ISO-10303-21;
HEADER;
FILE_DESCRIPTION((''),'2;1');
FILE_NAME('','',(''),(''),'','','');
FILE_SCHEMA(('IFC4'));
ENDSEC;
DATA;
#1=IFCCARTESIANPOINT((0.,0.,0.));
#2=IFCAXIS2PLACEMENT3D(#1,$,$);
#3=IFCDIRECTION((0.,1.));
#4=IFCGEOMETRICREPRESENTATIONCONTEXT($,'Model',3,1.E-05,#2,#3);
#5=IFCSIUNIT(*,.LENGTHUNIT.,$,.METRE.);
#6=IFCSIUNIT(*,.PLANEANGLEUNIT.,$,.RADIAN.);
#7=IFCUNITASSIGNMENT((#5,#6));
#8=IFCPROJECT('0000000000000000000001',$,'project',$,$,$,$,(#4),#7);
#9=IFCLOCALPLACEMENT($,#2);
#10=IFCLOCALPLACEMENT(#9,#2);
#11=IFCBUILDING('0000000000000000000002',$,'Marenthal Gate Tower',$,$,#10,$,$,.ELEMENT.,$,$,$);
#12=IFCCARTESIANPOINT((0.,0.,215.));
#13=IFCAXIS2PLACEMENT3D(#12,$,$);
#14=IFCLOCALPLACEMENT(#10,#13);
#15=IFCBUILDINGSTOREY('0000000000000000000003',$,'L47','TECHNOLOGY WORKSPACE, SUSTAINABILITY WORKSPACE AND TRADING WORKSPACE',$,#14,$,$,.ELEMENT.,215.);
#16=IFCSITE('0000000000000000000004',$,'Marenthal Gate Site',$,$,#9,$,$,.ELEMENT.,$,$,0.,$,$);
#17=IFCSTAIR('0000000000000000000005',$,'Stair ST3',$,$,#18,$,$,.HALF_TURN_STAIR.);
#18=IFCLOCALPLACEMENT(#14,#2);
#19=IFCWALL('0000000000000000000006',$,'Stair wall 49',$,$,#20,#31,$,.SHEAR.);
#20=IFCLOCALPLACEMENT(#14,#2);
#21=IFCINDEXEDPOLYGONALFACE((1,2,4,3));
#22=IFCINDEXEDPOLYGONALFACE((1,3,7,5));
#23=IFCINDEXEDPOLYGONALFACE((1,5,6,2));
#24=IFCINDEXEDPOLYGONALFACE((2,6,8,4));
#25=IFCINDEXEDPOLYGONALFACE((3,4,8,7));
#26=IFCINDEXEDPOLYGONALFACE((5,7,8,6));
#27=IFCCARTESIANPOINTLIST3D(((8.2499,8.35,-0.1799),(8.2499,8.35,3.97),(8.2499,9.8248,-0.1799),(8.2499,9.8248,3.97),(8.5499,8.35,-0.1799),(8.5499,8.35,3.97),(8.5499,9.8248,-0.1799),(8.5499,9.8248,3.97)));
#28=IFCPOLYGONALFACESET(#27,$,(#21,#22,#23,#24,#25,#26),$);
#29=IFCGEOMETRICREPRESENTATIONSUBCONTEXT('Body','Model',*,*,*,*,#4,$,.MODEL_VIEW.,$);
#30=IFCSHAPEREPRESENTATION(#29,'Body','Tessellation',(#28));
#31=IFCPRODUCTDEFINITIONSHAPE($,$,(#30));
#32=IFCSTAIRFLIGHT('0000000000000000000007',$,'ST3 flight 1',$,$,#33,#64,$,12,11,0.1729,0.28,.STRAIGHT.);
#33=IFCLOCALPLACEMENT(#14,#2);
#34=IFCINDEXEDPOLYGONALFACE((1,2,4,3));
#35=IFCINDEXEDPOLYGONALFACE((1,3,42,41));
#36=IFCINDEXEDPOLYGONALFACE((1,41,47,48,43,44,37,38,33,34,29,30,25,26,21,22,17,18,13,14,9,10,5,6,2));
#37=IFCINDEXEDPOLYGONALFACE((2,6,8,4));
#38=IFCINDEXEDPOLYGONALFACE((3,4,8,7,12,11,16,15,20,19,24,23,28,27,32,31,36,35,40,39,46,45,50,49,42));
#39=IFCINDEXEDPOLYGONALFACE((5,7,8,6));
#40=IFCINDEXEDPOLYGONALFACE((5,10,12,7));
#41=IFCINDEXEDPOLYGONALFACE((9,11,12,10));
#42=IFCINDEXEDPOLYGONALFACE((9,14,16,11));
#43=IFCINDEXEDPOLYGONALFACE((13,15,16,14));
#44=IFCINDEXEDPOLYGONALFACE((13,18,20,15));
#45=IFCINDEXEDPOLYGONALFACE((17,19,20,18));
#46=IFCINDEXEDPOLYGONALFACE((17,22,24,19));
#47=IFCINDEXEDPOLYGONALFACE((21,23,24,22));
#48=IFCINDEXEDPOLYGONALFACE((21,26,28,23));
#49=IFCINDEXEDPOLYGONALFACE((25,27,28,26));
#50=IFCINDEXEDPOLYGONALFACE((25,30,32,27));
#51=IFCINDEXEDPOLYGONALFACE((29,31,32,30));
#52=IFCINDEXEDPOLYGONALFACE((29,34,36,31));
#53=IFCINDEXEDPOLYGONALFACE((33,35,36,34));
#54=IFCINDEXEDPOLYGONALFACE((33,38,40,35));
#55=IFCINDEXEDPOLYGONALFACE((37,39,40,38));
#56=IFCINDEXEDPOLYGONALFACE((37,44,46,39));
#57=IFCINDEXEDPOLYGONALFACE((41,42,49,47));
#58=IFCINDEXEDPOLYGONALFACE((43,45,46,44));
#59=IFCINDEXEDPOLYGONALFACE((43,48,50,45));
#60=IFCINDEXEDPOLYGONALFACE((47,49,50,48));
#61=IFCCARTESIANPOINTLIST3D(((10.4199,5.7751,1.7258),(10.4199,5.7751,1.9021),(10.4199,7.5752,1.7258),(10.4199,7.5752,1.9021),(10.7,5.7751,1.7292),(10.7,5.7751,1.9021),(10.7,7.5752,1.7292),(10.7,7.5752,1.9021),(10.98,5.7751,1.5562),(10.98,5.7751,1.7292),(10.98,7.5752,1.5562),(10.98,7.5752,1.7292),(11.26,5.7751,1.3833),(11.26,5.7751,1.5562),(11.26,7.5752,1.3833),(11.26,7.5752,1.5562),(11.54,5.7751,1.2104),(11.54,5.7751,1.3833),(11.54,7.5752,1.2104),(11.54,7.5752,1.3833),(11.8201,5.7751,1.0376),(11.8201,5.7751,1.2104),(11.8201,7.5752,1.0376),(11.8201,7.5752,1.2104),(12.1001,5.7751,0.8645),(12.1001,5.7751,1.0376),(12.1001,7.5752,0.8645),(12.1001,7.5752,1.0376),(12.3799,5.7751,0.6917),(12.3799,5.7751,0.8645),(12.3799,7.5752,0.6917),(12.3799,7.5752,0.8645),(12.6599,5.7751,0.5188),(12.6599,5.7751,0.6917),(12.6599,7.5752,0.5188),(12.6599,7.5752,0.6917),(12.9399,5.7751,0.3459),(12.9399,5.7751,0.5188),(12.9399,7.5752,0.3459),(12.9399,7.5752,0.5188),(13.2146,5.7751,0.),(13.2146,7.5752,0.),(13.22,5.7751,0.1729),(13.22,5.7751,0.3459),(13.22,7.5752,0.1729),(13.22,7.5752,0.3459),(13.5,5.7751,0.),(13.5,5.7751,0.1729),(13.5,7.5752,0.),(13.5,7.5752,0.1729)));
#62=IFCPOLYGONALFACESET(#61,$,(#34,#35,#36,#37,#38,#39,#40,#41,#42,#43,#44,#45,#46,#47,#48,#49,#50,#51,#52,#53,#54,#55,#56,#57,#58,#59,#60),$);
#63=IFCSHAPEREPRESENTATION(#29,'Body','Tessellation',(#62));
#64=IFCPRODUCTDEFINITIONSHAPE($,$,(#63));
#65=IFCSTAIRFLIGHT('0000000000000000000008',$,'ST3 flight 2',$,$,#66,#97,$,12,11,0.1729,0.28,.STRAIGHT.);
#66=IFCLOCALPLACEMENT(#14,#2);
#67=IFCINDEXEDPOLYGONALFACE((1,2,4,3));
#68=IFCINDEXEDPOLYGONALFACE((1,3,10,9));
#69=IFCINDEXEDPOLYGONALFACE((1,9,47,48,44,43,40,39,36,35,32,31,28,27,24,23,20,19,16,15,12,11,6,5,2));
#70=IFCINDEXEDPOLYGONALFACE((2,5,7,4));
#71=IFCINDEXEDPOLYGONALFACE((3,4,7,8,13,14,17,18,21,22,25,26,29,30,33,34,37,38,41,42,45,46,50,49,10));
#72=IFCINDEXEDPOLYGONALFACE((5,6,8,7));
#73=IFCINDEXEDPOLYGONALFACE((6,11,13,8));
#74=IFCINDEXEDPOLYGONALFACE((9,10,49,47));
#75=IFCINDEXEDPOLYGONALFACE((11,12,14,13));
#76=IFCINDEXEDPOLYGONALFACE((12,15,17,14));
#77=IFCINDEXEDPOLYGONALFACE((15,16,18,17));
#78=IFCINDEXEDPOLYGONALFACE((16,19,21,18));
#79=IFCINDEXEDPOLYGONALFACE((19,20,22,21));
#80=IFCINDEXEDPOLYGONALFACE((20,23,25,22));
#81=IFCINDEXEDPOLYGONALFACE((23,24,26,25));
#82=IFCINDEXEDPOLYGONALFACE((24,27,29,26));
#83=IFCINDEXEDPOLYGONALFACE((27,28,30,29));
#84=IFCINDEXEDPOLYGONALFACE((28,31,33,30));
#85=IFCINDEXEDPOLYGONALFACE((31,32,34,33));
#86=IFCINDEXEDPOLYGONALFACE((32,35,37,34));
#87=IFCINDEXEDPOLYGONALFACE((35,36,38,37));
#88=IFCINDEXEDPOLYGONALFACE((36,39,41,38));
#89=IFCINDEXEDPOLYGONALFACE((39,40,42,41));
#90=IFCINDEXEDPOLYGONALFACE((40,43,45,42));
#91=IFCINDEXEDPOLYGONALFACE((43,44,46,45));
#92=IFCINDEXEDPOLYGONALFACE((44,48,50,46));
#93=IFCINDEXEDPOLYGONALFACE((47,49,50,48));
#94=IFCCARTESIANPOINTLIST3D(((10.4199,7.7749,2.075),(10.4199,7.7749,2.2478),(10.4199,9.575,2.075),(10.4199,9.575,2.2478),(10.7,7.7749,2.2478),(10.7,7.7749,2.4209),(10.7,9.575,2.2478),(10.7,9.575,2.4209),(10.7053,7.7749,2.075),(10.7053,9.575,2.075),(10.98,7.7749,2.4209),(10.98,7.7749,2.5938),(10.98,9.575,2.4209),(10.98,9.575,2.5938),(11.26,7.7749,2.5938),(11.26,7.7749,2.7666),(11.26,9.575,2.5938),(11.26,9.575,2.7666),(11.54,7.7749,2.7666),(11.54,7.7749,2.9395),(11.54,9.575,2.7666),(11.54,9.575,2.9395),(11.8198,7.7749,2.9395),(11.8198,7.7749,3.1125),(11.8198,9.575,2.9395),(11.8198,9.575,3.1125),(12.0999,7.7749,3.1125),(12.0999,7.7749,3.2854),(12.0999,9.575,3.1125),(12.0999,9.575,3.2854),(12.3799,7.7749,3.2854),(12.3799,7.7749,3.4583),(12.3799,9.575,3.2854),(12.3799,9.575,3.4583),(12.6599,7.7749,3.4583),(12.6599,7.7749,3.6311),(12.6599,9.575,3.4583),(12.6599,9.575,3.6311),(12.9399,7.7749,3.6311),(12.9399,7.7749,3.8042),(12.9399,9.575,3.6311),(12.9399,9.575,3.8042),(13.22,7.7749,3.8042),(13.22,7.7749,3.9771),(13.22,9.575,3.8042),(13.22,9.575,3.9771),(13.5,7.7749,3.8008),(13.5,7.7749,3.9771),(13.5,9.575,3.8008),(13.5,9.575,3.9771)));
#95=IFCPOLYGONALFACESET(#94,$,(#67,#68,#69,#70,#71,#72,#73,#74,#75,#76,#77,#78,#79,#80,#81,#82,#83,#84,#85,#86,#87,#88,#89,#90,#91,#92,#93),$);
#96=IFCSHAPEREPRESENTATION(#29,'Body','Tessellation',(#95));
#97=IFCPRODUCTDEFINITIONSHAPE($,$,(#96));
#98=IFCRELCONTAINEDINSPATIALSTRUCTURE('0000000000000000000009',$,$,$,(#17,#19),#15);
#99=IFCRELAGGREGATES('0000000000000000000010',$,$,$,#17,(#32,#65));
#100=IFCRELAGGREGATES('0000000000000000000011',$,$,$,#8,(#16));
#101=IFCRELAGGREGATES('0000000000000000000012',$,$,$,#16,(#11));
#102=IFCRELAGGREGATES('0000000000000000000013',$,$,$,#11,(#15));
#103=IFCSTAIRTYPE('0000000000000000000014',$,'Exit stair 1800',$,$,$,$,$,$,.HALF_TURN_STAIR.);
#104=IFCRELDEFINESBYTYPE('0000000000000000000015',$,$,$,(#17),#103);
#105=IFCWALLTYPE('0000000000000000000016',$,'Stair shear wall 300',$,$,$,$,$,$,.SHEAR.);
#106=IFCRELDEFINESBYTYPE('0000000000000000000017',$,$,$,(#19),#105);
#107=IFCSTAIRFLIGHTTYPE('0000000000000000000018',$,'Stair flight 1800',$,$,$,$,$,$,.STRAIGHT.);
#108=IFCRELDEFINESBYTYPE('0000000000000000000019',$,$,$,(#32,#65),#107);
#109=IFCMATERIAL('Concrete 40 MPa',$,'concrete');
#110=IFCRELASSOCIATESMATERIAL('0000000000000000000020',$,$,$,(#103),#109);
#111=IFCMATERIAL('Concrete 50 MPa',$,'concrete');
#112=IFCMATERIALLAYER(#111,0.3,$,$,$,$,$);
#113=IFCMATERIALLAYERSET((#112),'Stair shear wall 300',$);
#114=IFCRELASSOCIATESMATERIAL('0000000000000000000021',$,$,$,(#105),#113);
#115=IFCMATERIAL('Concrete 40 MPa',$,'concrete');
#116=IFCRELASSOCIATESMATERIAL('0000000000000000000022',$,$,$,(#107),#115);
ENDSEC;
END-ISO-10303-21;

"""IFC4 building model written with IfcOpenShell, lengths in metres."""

from ifc_helpers import new_model, si_unit, direction, frame, frame_2d, origin, place, context, subcontext, project, spatial, polyline, rectangle, outline, extrude, material, layer, layer_set, type_object, element, aggregate, save


model = new_model("IFC4")

# Units and contexts
model_context = context("Model", 3, precision=1e-05, world=origin(), true_north=direction((0.0, 1.0)))
body_context = subcontext(model_context, "Body", "Model", "MODEL_VIEW")
ifc_project = project(units=[si_unit("LENGTHUNIT", "METRE"), si_unit("PLANEANGLEUNIT", "RADIAN")], contexts=[model_context])

# Site, building, storey
site_placement = place(None, origin())
site = spatial("IfcSite", under=ifc_project, at=site_placement, Name="Marenthal Gate Site", CompositionType="ELEMENT", RefElevation=0.0)
building_placement = place(site_placement, origin())
building = spatial("IfcBuilding", under=site, at=building_placement, Name="Marenthal Gate Tower", CompositionType="ELEMENT")
storey_placement = place(building_placement, frame((0.0, 0.0, 215.0)))
storey = spatial("IfcBuildingStorey", under=building, at=storey_placement, Name="L47", Description="TECHNOLOGY WORKSPACE, SUSTAINABILITY WORKSPACE AND TRADING WORKSPACE", CompositionType="ELEMENT", Elevation=215.0)

# Stair
ifc_material_1 = material(Name="Concrete 40 MPa", Category="concrete")
stair_type = type_object("IfcStairType", Name="Exit stair 1800", PredefinedType="HALF_TURN_STAIR", material=ifc_material_1)
stair_1_placement = place(storey_placement, origin())
stair_1 = element("IfcStair", 1, at=stair_1_placement, inside=storey, type_object=stair_type, Name="Stair ST3", PredefinedType="HALF_TURN_STAIR")

# Wall
ifc_material_2 = material(Name="Concrete 50 MPa", Category="concrete")
ifc_layer_1 = layer(ifc_material_2, 0.3)
ifc_layer_set_1 = layer_set([ifc_layer_1], Name="Stair shear wall 300")
wall_type_1 = type_object("IfcWallType", Name="Stair shear wall 300", PredefinedType="SHEAR", material=ifc_layer_set_1)
wall_1_placement = place(storey_placement, frame((8.3999, 8.3501, -0.1799), z_axis=(0.0, 0.0, 1.0), x_axis=(0.0, 1.0, 0.0)))
element("IfcWall", 2, at=wall_1_placement, inside=storey, type_object=wall_type_1, Name="Stair wall 49", PredefinedType="SHEAR", context=body_context, shape_type="SweptSolid", body=[
    extrude(rectangle(XDim=1.4749, YDim=0.3, at=frame_2d((0.7373, 0.0))), origin(), (0.0, 0.0, 1.0), 4.1499),
])

# Stair flights
ifc_material_3 = material(Name="Concrete 40 MPa", Category="concrete")
stair_flight_type = type_object("IfcStairFlightType", Name="Stair flight 1800", PredefinedType="STRAIGHT", material=ifc_material_3)
stair_flight_1_placement = place(storey_placement, frame((13.5, 6.675, 0.0), z_axis=(0.0, 0.0, 1.0), x_axis=(-1.0, 0.0, 0.0)))
stair_flight_1 = element("IfcStairFlight", 3, at=stair_flight_1_placement, type_object=stair_flight_type, Name="ST3 flight 1", NumberOfRisers=12, NumberOfTreads=11, PredefinedType="STRAIGHT", RiserHeight=0.1729, TreadLength=0.28, context=body_context, shape_type="SweptSolid", body=[
    extrude(outline(polyline([(0.0, 0.0), (0.0, 0.1729), (0.28, 0.1729), (0.28, 0.3459), (0.5601, 0.3459), (0.5601, 0.5188), (0.8401, 0.5188), (0.8401, 0.6917), (1.1201, 0.6917), (1.1201, 0.8645), (1.3999, 0.8645), (1.3999, 1.0376), (1.6799, 1.0376), (1.6799, 1.2104), (1.96, 1.2104), (1.96, 1.3833), (2.24, 1.3833), (2.24, 1.5562), (2.52, 1.5562), (2.52, 1.7292), (2.8, 1.7292), (2.8, 1.9021), (3.0801, 1.9021), (3.0801, 2.075), (3.0801, 1.7258), (0.2854, 0.0), (0.0, 0.0)])), frame((0.0, 0.8999, 0.0), z_axis=(0.0, -1.0, 0.0), x_axis=(1.0, 0.0, 0.0)), (0.0, 0.0, 1.0), 1.8),
])
stair_flight_2_placement = place(storey_placement, frame((10.4199, 8.675, 2.075), z_axis=(0.0, 0.0, 1.0), x_axis=(1.0, 0.0, 0.0)))
stair_flight_2 = element("IfcStairFlight", 4, at=stair_flight_2_placement, type_object=stair_flight_type, Name="ST3 flight 2", NumberOfRisers=12, NumberOfTreads=11, PredefinedType="STRAIGHT", RiserHeight=0.1729, TreadLength=0.28, context=body_context, shape_type="SweptSolid", body=[
    extrude(outline(polyline([(0.0, 0.0), (0.0, 0.1729), (0.28, 0.1729), (0.28, 0.3459), (0.5601, 0.3459), (0.5601, 0.5188), (0.8401, 0.5188), (0.8401, 0.6917), (1.1201, 0.6917), (1.1201, 0.8645), (1.3999, 0.8645), (1.3999, 1.0376), (1.6799, 1.0376), (1.6799, 1.2104), (1.96, 1.2104), (1.96, 1.3833), (2.24, 1.3833), (2.24, 1.5562), (2.52, 1.5562), (2.52, 1.7292), (2.8, 1.7292), (2.8, 1.9021), (3.0801, 1.9021), (3.0801, 2.075), (3.0801, 1.7258), (0.2854, 0.0), (0.0, 0.0)])), frame((0.0, 0.8999, 0.0), z_axis=(0.0, -1.0, 0.0), x_axis=(1.0, 0.0, 0.0)), (0.0, 0.0, 1.0), 1.8),
])
aggregate(stair_1, [stair_flight_1, stair_flight_2])

save(model, "model.ifc")
